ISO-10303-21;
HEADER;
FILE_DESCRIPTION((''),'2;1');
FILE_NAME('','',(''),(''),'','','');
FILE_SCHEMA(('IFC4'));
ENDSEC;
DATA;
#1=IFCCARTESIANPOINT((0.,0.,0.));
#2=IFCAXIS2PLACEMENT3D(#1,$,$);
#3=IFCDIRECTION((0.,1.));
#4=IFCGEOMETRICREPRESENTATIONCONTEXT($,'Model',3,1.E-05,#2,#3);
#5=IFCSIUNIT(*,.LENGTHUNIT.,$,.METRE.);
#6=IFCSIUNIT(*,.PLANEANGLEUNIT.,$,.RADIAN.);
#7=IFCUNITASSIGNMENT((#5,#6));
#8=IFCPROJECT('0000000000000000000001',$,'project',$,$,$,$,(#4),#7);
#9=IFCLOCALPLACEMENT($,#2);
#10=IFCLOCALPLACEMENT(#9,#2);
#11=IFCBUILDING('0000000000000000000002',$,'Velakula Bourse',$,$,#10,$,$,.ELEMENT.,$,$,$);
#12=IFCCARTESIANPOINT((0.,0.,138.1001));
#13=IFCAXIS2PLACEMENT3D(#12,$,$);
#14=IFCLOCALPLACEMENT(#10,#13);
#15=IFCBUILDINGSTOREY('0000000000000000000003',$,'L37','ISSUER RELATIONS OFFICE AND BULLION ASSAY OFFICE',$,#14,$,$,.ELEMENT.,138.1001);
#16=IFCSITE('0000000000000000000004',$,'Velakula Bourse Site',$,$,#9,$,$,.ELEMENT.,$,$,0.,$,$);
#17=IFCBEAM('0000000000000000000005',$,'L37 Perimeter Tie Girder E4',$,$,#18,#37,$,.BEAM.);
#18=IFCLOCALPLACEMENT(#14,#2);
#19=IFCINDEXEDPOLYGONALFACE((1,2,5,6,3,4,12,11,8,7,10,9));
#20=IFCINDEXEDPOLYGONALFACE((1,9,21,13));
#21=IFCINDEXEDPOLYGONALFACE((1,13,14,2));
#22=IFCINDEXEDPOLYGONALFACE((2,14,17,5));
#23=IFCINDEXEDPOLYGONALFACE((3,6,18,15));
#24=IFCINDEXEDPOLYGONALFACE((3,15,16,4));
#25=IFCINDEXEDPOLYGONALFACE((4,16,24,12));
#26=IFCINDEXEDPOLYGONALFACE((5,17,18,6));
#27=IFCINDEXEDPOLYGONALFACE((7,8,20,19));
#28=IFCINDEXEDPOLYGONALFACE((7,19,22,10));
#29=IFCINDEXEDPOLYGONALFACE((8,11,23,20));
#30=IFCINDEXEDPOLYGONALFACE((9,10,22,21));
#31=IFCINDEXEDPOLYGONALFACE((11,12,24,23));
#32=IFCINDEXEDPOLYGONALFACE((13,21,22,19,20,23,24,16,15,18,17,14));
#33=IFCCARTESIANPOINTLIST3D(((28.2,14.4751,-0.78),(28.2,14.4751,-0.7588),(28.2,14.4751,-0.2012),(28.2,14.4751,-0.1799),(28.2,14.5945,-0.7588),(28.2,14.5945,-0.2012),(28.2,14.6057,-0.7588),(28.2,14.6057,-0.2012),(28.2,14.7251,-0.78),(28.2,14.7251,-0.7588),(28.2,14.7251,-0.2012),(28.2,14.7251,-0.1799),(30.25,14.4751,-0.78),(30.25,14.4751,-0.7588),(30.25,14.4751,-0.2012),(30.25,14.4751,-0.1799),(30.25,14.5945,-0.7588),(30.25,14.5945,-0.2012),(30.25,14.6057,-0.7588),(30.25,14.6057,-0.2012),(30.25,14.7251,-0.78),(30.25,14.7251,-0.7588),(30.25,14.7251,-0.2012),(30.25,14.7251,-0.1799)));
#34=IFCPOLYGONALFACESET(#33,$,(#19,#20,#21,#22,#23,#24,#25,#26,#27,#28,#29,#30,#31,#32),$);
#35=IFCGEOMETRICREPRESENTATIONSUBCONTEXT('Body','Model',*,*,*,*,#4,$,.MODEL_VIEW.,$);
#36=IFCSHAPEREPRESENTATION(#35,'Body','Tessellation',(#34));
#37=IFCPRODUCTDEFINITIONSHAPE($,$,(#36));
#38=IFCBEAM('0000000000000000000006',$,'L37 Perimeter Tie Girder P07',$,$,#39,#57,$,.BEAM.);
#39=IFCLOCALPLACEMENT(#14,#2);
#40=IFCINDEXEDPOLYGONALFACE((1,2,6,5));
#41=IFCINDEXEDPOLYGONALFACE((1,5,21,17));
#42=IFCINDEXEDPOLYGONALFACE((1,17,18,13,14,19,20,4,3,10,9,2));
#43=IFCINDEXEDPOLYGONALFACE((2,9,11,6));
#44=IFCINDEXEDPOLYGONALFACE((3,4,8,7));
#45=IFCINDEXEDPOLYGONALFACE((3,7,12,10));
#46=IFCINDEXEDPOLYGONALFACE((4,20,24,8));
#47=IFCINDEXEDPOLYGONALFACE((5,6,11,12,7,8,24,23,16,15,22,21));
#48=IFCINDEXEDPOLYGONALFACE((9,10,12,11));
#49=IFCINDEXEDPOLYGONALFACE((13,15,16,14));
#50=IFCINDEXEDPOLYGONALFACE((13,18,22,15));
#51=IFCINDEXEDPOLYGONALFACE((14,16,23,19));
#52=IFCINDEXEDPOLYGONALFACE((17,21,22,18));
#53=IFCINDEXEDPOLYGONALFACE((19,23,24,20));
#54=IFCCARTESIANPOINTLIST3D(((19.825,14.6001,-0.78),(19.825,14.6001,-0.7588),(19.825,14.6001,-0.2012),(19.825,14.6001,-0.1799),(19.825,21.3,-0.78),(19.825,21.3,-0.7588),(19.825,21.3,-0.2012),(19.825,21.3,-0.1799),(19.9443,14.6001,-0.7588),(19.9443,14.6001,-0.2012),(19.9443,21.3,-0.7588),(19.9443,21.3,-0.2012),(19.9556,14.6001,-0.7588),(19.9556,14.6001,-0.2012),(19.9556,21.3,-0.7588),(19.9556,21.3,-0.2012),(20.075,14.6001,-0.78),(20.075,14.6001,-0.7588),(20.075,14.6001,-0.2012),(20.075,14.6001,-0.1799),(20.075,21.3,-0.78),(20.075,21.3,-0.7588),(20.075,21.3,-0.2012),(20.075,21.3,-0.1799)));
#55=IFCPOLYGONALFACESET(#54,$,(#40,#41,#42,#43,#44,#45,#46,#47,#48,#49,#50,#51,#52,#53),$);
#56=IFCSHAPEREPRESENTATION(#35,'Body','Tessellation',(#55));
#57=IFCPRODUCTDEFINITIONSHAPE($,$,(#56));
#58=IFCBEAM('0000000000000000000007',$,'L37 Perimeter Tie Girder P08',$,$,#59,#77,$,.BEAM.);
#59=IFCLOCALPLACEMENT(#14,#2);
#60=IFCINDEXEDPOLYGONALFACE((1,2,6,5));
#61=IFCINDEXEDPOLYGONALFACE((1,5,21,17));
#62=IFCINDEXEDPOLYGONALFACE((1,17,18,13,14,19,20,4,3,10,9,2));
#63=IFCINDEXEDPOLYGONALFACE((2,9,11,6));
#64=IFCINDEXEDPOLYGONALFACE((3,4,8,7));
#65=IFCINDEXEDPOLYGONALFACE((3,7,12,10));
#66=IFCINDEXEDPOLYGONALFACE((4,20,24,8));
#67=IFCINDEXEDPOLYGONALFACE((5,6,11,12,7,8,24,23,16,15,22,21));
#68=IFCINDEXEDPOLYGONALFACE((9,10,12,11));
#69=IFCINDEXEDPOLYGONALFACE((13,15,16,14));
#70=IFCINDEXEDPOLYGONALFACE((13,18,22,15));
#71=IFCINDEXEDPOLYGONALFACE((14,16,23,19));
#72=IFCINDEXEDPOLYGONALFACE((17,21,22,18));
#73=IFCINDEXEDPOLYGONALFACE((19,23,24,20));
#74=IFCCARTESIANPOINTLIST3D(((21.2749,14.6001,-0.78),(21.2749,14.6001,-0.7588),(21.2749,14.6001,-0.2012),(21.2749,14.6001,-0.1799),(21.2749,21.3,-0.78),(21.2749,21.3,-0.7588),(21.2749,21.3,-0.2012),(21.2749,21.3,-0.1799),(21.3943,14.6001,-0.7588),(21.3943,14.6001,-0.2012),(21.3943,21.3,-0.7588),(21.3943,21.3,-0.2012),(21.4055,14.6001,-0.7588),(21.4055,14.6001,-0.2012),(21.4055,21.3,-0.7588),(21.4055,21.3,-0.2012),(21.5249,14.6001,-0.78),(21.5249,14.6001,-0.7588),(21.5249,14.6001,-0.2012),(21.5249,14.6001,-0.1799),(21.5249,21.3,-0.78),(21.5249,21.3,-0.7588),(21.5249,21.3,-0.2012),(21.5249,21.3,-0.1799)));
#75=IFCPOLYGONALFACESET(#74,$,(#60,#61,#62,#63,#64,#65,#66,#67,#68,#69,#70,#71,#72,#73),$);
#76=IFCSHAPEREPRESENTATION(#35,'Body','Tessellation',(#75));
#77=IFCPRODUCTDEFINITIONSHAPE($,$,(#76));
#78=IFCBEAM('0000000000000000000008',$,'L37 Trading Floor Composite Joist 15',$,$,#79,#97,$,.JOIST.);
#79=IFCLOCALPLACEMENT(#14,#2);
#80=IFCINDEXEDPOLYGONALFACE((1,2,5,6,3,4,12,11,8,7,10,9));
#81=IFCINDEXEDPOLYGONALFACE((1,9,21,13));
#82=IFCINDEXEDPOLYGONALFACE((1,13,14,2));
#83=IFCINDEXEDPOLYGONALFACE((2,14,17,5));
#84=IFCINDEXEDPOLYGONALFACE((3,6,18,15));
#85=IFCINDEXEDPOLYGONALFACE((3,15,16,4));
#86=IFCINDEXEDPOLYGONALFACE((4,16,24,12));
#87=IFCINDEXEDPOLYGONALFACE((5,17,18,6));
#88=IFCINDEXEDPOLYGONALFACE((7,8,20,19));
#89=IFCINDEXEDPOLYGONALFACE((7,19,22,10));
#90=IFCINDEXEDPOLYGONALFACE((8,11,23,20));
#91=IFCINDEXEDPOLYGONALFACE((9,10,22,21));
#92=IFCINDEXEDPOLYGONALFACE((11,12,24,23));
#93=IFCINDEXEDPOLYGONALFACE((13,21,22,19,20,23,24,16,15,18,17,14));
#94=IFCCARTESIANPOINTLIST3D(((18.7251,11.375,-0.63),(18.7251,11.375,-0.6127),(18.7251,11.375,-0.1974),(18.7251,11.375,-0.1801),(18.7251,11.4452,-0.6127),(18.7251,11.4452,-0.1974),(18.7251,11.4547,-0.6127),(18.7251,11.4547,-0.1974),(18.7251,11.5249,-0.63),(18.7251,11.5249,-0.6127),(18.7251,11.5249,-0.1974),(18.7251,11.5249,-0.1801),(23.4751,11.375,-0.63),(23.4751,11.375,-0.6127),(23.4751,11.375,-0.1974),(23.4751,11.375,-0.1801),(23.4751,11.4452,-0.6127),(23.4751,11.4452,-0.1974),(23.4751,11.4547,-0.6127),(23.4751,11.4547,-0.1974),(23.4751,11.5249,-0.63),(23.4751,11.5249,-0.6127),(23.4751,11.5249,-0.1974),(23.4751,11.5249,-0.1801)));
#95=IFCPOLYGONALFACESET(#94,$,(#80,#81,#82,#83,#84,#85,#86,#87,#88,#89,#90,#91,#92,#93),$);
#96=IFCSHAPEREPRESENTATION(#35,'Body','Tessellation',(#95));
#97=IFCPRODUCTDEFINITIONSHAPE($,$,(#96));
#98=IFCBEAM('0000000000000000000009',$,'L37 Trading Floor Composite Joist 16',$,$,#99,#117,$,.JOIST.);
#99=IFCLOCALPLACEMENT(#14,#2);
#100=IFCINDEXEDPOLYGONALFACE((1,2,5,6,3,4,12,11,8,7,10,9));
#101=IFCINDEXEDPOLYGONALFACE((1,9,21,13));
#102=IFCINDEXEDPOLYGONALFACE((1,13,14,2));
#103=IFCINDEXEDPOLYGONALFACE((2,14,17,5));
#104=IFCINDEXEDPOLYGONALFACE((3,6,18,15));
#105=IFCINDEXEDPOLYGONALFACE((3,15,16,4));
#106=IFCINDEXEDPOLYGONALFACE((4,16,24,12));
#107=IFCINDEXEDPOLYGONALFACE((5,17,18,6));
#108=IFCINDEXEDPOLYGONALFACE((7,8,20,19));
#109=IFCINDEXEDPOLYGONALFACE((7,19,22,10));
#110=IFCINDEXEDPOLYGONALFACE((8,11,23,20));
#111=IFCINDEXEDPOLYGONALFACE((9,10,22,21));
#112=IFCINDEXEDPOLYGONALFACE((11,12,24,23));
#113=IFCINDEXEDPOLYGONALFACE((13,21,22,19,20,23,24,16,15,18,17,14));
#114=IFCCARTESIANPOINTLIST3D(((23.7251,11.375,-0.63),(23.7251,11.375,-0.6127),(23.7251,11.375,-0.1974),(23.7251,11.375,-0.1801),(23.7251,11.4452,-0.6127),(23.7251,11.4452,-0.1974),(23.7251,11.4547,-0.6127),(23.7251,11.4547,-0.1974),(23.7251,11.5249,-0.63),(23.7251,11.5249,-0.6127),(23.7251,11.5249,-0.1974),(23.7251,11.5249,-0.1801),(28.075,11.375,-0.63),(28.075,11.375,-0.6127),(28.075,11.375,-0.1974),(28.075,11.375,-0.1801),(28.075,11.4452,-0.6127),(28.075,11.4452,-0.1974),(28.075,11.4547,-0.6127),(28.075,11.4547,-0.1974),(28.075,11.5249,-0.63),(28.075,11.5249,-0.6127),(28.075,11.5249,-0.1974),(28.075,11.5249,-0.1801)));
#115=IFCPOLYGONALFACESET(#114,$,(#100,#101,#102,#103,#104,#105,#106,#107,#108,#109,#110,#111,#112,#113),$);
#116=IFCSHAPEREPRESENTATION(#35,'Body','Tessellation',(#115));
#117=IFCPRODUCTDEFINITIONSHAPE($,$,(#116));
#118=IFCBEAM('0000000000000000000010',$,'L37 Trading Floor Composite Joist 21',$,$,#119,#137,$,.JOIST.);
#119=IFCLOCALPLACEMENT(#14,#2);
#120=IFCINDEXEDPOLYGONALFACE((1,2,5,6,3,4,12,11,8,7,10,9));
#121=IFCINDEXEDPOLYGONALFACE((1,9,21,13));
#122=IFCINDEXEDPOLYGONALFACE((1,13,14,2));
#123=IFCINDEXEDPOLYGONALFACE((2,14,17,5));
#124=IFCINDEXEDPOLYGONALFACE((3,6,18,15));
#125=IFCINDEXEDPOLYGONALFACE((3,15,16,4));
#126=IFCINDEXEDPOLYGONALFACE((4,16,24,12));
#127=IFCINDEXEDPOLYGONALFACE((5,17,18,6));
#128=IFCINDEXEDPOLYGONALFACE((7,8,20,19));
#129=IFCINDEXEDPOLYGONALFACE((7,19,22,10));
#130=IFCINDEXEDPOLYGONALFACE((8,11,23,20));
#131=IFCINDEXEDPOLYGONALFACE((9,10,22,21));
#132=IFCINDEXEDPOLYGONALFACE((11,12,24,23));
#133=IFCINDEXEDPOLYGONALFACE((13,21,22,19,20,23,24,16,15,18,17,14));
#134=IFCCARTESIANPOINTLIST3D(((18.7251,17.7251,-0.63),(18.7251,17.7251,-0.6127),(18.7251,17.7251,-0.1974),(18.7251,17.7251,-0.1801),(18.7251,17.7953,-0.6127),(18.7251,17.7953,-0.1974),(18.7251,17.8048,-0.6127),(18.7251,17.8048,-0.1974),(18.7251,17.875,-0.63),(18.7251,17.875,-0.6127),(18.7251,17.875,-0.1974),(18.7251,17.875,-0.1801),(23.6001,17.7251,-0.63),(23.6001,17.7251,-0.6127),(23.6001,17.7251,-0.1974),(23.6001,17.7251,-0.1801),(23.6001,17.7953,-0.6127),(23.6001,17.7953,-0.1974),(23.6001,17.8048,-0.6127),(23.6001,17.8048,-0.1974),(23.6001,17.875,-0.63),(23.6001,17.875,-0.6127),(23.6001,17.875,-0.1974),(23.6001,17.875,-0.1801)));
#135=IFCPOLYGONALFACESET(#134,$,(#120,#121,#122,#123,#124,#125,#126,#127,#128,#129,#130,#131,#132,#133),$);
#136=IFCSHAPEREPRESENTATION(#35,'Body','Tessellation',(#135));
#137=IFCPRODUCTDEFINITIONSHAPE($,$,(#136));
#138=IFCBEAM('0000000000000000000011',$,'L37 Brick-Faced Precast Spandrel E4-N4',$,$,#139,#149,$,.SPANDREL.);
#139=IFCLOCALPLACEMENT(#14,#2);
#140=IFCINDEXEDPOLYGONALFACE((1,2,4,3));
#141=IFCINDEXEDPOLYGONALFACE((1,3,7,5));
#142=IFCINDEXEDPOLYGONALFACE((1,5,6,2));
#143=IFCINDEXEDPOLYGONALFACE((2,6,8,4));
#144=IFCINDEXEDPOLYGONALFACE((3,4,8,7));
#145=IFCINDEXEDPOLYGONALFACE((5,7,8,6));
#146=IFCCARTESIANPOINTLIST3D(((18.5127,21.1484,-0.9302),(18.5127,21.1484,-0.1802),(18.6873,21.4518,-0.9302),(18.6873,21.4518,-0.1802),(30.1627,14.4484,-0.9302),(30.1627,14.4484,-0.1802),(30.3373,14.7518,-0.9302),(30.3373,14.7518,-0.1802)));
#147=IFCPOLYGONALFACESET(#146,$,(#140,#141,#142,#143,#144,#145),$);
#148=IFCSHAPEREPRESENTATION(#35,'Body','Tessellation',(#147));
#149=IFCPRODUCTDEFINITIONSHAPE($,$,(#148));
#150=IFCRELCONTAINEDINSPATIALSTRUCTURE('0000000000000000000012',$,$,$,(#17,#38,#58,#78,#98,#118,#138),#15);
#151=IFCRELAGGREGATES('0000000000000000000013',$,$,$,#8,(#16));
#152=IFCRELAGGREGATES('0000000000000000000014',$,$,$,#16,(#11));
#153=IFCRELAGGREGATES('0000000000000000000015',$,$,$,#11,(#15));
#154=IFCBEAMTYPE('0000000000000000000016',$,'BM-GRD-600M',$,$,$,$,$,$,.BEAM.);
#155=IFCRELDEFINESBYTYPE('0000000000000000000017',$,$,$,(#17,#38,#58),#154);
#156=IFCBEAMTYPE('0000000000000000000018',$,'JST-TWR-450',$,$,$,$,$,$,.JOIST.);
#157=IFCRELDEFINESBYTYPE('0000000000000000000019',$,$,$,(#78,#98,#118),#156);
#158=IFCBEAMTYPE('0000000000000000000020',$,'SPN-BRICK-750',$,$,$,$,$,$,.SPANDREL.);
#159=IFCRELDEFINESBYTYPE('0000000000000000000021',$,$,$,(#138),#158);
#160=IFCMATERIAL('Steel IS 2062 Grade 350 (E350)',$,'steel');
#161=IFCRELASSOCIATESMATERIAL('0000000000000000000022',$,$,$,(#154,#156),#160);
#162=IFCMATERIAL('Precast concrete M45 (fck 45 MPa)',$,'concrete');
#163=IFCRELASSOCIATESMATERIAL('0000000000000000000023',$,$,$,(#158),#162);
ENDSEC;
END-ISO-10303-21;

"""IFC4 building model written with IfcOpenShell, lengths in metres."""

from ifc_helpers import new_model, si_unit, direction, frame, origin, origin_2d, place, context, subcontext, project, spatial, rectangle, i_section, extrude, material, material_profile, profile_set, type_object, element, save


model = new_model("IFC4")

# Units and contexts
model_context = context("Model", 3, precision=1e-05, world=origin(), true_north=direction((0.0, 1.0)))
body_context = subcontext(model_context, "Body", "Model", "MODEL_VIEW")
ifc_project = project(units=[si_unit("LENGTHUNIT", "METRE"), si_unit("PLANEANGLEUNIT", "RADIAN")], contexts=[model_context])

# Site, building, storey
site_placement = place(None, origin())
site = spatial("IfcSite", under=ifc_project, at=site_placement, Name="Velakula Bourse Site", CompositionType="ELEMENT", RefElevation=0.0)
building_placement = place(site_placement, origin())
building = spatial("IfcBuilding", under=site, at=building_placement, Name="Velakula Bourse", CompositionType="ELEMENT")
storey_placement = place(building_placement, frame((0.0, 0.0, 138.1001)))
storey = spatial("IfcBuildingStorey", under=building, at=storey_placement, Name="L37", Description="ISSUER RELATIONS OFFICE AND BULLION ASSAY OFFICE", CompositionType="ELEMENT", Elevation=138.1001)

# Shared definitions
ifc_material_1 = material(Name="Steel IS 2062 Grade 350 (E350)", Category="steel")
ifc_material_2 = material(Name="Precast concrete M45 (fck 45 MPa)", Category="concrete")

# Beams
ifc_material_profile_1 = material_profile(ifc_material_1, i_section(OverallWidth=0.25, OverallDepth=0.6001, WebThickness=0.0112, FlangeThickness=0.0212, at=origin_2d()), Name="Steel IS 2062 Grade 350 (E350)")
ifc_profile_set_1 = profile_set([ifc_material_profile_1], Name="Steel IS 2062 Grade 350 (E350)")
beam_type_1 = type_object("IfcBeamType", Name="BM-GRD-600M", PredefinedType="BEAM", material=ifc_profile_set_1)
beam_1_placement = place(storey_placement, frame((28.2, 14.6001, -0.48), z_axis=(1.0, 0.0, 0.0), x_axis=(0.0, 1.0, 0.0)))
element("IfcBeam", 1, at=beam_1_placement, inside=storey, type_object=beam_type_1, Name="L37 Perimeter Tie Girder E4", PredefinedType="BEAM", context=body_context, shape_type="SweptSolid", body=[
    extrude(i_section(OverallWidth=0.25, OverallDepth=0.6001, WebThickness=0.0112, FlangeThickness=0.0212, at=origin_2d()), origin(), (0.0, 0.0, 1.0), 2.05),
])
for number, where, z_axis, x_axis, name in (
    (2, (19.95, 14.6001, -0.48), (0.0, 1.0, 0.0), (-1.0, 0.0, 0.0), "L37 Perimeter Tie Girder P07"),
    (3, (21.3999, 14.6001, -0.48), (0.0, 1.0, 0.0), (-1.0, 0.0, 0.0), "L37 Perimeter Tie Girder P08"),
):
    element("IfcBeam", number, at=place(storey_placement, frame(where, z_axis=z_axis, x_axis=x_axis)), inside=storey, type_object=beam_type_1, Name=name, PredefinedType="BEAM", context=body_context, shape_type="SweptSolid", body=[
        extrude(i_section(OverallWidth=0.25, OverallDepth=0.6001, WebThickness=0.0112, FlangeThickness=0.0212, at=origin_2d()), origin(), (0.0, 0.0, 1.0), 6.7),
    ])
ifc_material_profile_2 = material_profile(ifc_material_1, i_section(OverallWidth=0.1499, OverallDepth=0.45, WebThickness=0.0095, FlangeThickness=0.0173, at=origin_2d()), Name="Steel IS 2062 Grade 350 (E350)")
ifc_profile_set_2 = profile_set([ifc_material_profile_2], Name="Steel IS 2062 Grade 350 (E350)")
beam_type_2 = type_object("IfcBeamType", Name="JST-TWR-450", PredefinedType="JOIST", material=ifc_profile_set_2)
beam_2_placement = place(storey_placement, frame((18.7251, 11.45, -0.405), z_axis=(1.0, 0.0, 0.0), x_axis=(0.0, 1.0, 0.0)))
element("IfcBeam", 4, at=beam_2_placement, inside=storey, type_object=beam_type_2, Name="L37 Trading Floor Composite Joist 15", PredefinedType="JOIST", context=body_context, shape_type="SweptSolid", body=[
    extrude(i_section(OverallWidth=0.1499, OverallDepth=0.45, WebThickness=0.0095, FlangeThickness=0.0173, at=origin_2d()), origin(), (0.0, 0.0, 1.0), 4.75),
])
beam_3_placement = place(storey_placement, frame((23.7251, 11.45, -0.405), z_axis=(1.0, 0.0, 0.0), x_axis=(0.0, 1.0, 0.0)))
element("IfcBeam", 5, at=beam_3_placement, inside=storey, type_object=beam_type_2, Name="L37 Trading Floor Composite Joist 16", PredefinedType="JOIST", context=body_context, shape_type="SweptSolid", body=[
    extrude(i_section(OverallWidth=0.1499, OverallDepth=0.45, WebThickness=0.0095, FlangeThickness=0.0173, at=origin_2d()), origin(), (0.0, 0.0, 1.0), 4.3499),
])
beam_4_placement = place(storey_placement, frame((18.7251, 17.8, -0.405), z_axis=(1.0, 0.0, 0.0), x_axis=(0.0, 1.0, 0.0)))
element("IfcBeam", 6, at=beam_4_placement, inside=storey, type_object=beam_type_2, Name="L37 Trading Floor Composite Joist 21", PredefinedType="JOIST", context=body_context, shape_type="SweptSolid", body=[
    extrude(i_section(OverallWidth=0.1499, OverallDepth=0.45, WebThickness=0.0095, FlangeThickness=0.0173, at=origin_2d()), origin(), (0.0, 0.0, 1.0), 4.875),
])
ifc_material_profile_3 = material_profile(ifc_material_2, rectangle(XDim=0.3501, YDim=0.75, at=origin_2d()), Name="Precast concrete M45 (fck 45 MPa)")
ifc_profile_set_3 = profile_set([ifc_material_profile_3], Name="Precast concrete M45 (fck 45 MPa)")
beam_type_3 = type_object("IfcBeamType", Name="SPN-BRICK-750", PredefinedType="SPANDREL", material=ifc_profile_set_3)
beam_5_placement = place(storey_placement, frame((30.25, 14.6001, -0.5552), z_axis=(-0.866866, 0.498541, 0.0), x_axis=(-0.498541, -0.866866, 0.0)))
element("IfcBeam", 7, at=beam_5_placement, inside=storey, type_object=beam_type_3, Name="L37 Brick-Faced Precast Spandrel E4-N4", PredefinedType="SPANDREL", context=body_context, shape_type="SweptSolid", body=[
    extrude(rectangle(XDim=0.3501, YDim=0.75, at=origin_2d()), origin(), (0.0, 0.0, 1.0), 13.4392),
])

save(model, "model.ifc")
